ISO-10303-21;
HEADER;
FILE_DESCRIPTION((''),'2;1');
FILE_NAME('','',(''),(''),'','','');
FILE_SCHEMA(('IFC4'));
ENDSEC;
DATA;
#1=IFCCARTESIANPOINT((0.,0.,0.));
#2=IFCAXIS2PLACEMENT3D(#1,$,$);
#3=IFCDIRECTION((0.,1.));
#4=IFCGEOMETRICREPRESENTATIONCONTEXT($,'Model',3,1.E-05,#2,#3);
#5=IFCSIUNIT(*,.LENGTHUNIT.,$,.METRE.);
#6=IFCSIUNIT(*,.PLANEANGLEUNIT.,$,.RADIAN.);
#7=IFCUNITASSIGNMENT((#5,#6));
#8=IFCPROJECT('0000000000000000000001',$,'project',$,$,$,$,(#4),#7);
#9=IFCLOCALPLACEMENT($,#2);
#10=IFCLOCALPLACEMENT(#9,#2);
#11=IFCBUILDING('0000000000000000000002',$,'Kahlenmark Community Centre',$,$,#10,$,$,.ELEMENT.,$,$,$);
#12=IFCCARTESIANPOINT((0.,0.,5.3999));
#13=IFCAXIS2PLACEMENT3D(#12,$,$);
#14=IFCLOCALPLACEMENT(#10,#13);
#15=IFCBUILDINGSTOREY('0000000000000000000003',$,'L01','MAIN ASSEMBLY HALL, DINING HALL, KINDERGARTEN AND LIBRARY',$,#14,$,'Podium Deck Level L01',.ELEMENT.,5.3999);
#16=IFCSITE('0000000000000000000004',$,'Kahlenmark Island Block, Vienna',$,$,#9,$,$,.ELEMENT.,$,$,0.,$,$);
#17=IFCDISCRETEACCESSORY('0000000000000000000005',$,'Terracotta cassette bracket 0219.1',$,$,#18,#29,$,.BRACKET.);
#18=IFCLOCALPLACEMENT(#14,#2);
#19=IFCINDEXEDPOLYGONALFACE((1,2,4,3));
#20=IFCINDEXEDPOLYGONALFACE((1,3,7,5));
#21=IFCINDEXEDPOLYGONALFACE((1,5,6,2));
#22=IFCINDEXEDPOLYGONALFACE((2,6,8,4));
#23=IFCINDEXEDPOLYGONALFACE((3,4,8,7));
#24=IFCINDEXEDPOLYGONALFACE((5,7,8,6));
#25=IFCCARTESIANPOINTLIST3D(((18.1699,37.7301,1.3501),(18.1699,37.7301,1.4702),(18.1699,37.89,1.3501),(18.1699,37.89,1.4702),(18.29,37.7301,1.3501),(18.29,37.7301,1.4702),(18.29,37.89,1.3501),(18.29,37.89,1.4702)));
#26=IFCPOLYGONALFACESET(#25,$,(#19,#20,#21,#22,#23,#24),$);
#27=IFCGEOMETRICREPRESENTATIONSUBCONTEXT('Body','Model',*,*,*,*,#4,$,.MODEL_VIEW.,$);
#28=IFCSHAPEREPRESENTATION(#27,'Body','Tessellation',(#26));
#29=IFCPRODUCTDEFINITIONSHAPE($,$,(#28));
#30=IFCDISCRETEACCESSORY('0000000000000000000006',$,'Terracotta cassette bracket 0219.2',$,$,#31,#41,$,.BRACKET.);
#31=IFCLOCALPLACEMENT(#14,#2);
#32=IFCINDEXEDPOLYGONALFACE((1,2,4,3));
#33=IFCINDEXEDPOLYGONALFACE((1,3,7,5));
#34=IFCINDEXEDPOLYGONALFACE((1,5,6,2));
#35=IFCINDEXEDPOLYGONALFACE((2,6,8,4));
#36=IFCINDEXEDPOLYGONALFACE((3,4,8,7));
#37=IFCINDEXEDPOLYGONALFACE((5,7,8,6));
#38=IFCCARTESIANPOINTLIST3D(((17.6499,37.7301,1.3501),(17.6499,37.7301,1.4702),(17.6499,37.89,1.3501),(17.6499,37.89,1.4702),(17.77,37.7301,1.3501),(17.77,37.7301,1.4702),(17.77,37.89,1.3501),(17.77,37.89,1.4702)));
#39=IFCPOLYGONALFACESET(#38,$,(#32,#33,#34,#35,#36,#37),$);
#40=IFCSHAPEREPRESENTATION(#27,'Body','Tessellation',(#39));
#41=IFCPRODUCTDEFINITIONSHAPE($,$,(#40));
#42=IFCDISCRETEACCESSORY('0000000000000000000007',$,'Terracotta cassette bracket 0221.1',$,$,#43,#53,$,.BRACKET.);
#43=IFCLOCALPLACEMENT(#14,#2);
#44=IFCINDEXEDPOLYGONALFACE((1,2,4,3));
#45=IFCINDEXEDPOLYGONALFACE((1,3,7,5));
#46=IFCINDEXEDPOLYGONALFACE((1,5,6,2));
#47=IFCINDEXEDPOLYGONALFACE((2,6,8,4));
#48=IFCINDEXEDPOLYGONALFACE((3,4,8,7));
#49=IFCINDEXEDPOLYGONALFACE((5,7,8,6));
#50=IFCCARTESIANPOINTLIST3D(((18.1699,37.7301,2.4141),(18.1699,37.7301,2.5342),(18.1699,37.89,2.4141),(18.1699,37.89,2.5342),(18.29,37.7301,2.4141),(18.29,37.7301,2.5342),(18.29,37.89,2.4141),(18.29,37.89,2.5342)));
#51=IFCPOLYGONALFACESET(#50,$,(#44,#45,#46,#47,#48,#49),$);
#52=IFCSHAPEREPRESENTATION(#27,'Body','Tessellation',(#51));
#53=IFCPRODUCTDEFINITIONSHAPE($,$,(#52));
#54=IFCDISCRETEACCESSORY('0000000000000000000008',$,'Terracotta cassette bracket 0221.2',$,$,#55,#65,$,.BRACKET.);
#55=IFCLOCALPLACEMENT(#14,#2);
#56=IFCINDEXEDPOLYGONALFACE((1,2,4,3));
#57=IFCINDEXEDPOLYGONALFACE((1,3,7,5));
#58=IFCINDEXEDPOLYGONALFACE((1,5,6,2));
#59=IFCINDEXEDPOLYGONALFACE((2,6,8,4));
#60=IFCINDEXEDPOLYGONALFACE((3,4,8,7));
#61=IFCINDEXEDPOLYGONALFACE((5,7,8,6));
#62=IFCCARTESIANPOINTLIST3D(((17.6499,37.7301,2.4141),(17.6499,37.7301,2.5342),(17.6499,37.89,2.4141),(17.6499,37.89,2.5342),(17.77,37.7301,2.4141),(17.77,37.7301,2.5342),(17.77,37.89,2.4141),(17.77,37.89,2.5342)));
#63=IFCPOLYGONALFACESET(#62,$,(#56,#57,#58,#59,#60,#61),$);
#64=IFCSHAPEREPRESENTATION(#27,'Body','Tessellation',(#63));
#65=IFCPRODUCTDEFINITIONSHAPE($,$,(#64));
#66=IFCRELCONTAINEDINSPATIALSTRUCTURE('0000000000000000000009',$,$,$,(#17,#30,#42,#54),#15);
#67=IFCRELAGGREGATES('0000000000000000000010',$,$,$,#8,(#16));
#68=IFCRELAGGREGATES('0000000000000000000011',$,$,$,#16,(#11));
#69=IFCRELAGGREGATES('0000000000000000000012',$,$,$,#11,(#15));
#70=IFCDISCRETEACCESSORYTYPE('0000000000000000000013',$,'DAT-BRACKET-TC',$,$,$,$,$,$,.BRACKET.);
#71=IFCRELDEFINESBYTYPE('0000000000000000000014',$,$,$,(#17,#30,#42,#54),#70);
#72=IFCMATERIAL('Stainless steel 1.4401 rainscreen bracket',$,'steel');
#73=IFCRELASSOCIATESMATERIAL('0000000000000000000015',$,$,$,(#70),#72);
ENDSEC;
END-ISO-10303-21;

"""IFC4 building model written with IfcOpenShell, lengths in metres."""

from ifc_helpers import new_model, si_unit, direction, frame, origin, origin_2d, place, context, subcontext, project, spatial, rectangle, extrude, material, type_object, element, save


model = new_model("IFC4")

# Units and contexts
model_context = context("Model", 3, precision=1e-05, world=origin(), true_north=direction((0.0, 1.0)))
body_context = subcontext(model_context, "Body", "Model", "MODEL_VIEW")
ifc_project = project(units=[si_unit("LENGTHUNIT", "METRE"), si_unit("PLANEANGLEUNIT", "RADIAN")], contexts=[model_context])

# Site, building, storey
site_placement = place(None, origin())
site = spatial("IfcSite", under=ifc_project, at=site_placement, Name="Kahlenmark Island Block, Vienna", CompositionType="ELEMENT", RefElevation=0.0)
building_placement = place(site_placement, origin())
building = spatial("IfcBuilding", under=site, at=building_placement, Name="Kahlenmark Community Centre", CompositionType="ELEMENT")
storey_placement = place(building_placement, frame((0.0, 0.0, 5.3999)))
storey = spatial("IfcBuildingStorey", under=building, at=storey_placement, Name="L01", Description="MAIN ASSEMBLY HALL, DINING HALL, KINDERGARTEN AND LIBRARY", LongName="Podium Deck Level L01", CompositionType="ELEMENT", Elevation=5.3999)

# Discrete accessories
ifc_material_1 = material(Name="Stainless steel 1.4401 rainscreen bracket", Category="steel")
discrete_accessory_type = type_object("IfcDiscreteAccessoryType", Name="DAT-BRACKET-TC", PredefinedType="BRACKET", material=ifc_material_1)
for number, where, z_axis, x_axis, name in (
    (1, (18.23, 37.8101, 1.3501), (0.0, 0.0, 1.0), (-1.0, 0.0, 0.0), "Terracotta cassette bracket 0219.1"),
    (2, (17.71, 37.8101, 1.3501), (0.0, 0.0, 1.0), (-1.0, 0.0, 0.0), "Terracotta cassette bracket 0219.2"),
    (3, (18.23, 37.8101, 2.4141), (0.0, 0.0, 1.0), (-1.0, 0.0, 0.0), "Terracotta cassette bracket 0221.1"),
    (4, (17.71, 37.8101, 2.4141), (0.0, 0.0, 1.0), (-1.0, 0.0, 0.0), "Terracotta cassette bracket 0221.2"),
):
    element("IfcDiscreteAccessory", number, at=place(storey_placement, frame(where, z_axis=z_axis, x_axis=x_axis)), inside=storey, type_object=discrete_accessory_type, Name=name, PredefinedType="BRACKET", context=body_context, shape_type="SweptSolid", body=[
        extrude(rectangle(XDim=0.1201, YDim=0.1599, at=origin_2d()), origin(), (0.0, 0.0, 1.0), 0.1201),
    ])

save(model, "model.ifc")
